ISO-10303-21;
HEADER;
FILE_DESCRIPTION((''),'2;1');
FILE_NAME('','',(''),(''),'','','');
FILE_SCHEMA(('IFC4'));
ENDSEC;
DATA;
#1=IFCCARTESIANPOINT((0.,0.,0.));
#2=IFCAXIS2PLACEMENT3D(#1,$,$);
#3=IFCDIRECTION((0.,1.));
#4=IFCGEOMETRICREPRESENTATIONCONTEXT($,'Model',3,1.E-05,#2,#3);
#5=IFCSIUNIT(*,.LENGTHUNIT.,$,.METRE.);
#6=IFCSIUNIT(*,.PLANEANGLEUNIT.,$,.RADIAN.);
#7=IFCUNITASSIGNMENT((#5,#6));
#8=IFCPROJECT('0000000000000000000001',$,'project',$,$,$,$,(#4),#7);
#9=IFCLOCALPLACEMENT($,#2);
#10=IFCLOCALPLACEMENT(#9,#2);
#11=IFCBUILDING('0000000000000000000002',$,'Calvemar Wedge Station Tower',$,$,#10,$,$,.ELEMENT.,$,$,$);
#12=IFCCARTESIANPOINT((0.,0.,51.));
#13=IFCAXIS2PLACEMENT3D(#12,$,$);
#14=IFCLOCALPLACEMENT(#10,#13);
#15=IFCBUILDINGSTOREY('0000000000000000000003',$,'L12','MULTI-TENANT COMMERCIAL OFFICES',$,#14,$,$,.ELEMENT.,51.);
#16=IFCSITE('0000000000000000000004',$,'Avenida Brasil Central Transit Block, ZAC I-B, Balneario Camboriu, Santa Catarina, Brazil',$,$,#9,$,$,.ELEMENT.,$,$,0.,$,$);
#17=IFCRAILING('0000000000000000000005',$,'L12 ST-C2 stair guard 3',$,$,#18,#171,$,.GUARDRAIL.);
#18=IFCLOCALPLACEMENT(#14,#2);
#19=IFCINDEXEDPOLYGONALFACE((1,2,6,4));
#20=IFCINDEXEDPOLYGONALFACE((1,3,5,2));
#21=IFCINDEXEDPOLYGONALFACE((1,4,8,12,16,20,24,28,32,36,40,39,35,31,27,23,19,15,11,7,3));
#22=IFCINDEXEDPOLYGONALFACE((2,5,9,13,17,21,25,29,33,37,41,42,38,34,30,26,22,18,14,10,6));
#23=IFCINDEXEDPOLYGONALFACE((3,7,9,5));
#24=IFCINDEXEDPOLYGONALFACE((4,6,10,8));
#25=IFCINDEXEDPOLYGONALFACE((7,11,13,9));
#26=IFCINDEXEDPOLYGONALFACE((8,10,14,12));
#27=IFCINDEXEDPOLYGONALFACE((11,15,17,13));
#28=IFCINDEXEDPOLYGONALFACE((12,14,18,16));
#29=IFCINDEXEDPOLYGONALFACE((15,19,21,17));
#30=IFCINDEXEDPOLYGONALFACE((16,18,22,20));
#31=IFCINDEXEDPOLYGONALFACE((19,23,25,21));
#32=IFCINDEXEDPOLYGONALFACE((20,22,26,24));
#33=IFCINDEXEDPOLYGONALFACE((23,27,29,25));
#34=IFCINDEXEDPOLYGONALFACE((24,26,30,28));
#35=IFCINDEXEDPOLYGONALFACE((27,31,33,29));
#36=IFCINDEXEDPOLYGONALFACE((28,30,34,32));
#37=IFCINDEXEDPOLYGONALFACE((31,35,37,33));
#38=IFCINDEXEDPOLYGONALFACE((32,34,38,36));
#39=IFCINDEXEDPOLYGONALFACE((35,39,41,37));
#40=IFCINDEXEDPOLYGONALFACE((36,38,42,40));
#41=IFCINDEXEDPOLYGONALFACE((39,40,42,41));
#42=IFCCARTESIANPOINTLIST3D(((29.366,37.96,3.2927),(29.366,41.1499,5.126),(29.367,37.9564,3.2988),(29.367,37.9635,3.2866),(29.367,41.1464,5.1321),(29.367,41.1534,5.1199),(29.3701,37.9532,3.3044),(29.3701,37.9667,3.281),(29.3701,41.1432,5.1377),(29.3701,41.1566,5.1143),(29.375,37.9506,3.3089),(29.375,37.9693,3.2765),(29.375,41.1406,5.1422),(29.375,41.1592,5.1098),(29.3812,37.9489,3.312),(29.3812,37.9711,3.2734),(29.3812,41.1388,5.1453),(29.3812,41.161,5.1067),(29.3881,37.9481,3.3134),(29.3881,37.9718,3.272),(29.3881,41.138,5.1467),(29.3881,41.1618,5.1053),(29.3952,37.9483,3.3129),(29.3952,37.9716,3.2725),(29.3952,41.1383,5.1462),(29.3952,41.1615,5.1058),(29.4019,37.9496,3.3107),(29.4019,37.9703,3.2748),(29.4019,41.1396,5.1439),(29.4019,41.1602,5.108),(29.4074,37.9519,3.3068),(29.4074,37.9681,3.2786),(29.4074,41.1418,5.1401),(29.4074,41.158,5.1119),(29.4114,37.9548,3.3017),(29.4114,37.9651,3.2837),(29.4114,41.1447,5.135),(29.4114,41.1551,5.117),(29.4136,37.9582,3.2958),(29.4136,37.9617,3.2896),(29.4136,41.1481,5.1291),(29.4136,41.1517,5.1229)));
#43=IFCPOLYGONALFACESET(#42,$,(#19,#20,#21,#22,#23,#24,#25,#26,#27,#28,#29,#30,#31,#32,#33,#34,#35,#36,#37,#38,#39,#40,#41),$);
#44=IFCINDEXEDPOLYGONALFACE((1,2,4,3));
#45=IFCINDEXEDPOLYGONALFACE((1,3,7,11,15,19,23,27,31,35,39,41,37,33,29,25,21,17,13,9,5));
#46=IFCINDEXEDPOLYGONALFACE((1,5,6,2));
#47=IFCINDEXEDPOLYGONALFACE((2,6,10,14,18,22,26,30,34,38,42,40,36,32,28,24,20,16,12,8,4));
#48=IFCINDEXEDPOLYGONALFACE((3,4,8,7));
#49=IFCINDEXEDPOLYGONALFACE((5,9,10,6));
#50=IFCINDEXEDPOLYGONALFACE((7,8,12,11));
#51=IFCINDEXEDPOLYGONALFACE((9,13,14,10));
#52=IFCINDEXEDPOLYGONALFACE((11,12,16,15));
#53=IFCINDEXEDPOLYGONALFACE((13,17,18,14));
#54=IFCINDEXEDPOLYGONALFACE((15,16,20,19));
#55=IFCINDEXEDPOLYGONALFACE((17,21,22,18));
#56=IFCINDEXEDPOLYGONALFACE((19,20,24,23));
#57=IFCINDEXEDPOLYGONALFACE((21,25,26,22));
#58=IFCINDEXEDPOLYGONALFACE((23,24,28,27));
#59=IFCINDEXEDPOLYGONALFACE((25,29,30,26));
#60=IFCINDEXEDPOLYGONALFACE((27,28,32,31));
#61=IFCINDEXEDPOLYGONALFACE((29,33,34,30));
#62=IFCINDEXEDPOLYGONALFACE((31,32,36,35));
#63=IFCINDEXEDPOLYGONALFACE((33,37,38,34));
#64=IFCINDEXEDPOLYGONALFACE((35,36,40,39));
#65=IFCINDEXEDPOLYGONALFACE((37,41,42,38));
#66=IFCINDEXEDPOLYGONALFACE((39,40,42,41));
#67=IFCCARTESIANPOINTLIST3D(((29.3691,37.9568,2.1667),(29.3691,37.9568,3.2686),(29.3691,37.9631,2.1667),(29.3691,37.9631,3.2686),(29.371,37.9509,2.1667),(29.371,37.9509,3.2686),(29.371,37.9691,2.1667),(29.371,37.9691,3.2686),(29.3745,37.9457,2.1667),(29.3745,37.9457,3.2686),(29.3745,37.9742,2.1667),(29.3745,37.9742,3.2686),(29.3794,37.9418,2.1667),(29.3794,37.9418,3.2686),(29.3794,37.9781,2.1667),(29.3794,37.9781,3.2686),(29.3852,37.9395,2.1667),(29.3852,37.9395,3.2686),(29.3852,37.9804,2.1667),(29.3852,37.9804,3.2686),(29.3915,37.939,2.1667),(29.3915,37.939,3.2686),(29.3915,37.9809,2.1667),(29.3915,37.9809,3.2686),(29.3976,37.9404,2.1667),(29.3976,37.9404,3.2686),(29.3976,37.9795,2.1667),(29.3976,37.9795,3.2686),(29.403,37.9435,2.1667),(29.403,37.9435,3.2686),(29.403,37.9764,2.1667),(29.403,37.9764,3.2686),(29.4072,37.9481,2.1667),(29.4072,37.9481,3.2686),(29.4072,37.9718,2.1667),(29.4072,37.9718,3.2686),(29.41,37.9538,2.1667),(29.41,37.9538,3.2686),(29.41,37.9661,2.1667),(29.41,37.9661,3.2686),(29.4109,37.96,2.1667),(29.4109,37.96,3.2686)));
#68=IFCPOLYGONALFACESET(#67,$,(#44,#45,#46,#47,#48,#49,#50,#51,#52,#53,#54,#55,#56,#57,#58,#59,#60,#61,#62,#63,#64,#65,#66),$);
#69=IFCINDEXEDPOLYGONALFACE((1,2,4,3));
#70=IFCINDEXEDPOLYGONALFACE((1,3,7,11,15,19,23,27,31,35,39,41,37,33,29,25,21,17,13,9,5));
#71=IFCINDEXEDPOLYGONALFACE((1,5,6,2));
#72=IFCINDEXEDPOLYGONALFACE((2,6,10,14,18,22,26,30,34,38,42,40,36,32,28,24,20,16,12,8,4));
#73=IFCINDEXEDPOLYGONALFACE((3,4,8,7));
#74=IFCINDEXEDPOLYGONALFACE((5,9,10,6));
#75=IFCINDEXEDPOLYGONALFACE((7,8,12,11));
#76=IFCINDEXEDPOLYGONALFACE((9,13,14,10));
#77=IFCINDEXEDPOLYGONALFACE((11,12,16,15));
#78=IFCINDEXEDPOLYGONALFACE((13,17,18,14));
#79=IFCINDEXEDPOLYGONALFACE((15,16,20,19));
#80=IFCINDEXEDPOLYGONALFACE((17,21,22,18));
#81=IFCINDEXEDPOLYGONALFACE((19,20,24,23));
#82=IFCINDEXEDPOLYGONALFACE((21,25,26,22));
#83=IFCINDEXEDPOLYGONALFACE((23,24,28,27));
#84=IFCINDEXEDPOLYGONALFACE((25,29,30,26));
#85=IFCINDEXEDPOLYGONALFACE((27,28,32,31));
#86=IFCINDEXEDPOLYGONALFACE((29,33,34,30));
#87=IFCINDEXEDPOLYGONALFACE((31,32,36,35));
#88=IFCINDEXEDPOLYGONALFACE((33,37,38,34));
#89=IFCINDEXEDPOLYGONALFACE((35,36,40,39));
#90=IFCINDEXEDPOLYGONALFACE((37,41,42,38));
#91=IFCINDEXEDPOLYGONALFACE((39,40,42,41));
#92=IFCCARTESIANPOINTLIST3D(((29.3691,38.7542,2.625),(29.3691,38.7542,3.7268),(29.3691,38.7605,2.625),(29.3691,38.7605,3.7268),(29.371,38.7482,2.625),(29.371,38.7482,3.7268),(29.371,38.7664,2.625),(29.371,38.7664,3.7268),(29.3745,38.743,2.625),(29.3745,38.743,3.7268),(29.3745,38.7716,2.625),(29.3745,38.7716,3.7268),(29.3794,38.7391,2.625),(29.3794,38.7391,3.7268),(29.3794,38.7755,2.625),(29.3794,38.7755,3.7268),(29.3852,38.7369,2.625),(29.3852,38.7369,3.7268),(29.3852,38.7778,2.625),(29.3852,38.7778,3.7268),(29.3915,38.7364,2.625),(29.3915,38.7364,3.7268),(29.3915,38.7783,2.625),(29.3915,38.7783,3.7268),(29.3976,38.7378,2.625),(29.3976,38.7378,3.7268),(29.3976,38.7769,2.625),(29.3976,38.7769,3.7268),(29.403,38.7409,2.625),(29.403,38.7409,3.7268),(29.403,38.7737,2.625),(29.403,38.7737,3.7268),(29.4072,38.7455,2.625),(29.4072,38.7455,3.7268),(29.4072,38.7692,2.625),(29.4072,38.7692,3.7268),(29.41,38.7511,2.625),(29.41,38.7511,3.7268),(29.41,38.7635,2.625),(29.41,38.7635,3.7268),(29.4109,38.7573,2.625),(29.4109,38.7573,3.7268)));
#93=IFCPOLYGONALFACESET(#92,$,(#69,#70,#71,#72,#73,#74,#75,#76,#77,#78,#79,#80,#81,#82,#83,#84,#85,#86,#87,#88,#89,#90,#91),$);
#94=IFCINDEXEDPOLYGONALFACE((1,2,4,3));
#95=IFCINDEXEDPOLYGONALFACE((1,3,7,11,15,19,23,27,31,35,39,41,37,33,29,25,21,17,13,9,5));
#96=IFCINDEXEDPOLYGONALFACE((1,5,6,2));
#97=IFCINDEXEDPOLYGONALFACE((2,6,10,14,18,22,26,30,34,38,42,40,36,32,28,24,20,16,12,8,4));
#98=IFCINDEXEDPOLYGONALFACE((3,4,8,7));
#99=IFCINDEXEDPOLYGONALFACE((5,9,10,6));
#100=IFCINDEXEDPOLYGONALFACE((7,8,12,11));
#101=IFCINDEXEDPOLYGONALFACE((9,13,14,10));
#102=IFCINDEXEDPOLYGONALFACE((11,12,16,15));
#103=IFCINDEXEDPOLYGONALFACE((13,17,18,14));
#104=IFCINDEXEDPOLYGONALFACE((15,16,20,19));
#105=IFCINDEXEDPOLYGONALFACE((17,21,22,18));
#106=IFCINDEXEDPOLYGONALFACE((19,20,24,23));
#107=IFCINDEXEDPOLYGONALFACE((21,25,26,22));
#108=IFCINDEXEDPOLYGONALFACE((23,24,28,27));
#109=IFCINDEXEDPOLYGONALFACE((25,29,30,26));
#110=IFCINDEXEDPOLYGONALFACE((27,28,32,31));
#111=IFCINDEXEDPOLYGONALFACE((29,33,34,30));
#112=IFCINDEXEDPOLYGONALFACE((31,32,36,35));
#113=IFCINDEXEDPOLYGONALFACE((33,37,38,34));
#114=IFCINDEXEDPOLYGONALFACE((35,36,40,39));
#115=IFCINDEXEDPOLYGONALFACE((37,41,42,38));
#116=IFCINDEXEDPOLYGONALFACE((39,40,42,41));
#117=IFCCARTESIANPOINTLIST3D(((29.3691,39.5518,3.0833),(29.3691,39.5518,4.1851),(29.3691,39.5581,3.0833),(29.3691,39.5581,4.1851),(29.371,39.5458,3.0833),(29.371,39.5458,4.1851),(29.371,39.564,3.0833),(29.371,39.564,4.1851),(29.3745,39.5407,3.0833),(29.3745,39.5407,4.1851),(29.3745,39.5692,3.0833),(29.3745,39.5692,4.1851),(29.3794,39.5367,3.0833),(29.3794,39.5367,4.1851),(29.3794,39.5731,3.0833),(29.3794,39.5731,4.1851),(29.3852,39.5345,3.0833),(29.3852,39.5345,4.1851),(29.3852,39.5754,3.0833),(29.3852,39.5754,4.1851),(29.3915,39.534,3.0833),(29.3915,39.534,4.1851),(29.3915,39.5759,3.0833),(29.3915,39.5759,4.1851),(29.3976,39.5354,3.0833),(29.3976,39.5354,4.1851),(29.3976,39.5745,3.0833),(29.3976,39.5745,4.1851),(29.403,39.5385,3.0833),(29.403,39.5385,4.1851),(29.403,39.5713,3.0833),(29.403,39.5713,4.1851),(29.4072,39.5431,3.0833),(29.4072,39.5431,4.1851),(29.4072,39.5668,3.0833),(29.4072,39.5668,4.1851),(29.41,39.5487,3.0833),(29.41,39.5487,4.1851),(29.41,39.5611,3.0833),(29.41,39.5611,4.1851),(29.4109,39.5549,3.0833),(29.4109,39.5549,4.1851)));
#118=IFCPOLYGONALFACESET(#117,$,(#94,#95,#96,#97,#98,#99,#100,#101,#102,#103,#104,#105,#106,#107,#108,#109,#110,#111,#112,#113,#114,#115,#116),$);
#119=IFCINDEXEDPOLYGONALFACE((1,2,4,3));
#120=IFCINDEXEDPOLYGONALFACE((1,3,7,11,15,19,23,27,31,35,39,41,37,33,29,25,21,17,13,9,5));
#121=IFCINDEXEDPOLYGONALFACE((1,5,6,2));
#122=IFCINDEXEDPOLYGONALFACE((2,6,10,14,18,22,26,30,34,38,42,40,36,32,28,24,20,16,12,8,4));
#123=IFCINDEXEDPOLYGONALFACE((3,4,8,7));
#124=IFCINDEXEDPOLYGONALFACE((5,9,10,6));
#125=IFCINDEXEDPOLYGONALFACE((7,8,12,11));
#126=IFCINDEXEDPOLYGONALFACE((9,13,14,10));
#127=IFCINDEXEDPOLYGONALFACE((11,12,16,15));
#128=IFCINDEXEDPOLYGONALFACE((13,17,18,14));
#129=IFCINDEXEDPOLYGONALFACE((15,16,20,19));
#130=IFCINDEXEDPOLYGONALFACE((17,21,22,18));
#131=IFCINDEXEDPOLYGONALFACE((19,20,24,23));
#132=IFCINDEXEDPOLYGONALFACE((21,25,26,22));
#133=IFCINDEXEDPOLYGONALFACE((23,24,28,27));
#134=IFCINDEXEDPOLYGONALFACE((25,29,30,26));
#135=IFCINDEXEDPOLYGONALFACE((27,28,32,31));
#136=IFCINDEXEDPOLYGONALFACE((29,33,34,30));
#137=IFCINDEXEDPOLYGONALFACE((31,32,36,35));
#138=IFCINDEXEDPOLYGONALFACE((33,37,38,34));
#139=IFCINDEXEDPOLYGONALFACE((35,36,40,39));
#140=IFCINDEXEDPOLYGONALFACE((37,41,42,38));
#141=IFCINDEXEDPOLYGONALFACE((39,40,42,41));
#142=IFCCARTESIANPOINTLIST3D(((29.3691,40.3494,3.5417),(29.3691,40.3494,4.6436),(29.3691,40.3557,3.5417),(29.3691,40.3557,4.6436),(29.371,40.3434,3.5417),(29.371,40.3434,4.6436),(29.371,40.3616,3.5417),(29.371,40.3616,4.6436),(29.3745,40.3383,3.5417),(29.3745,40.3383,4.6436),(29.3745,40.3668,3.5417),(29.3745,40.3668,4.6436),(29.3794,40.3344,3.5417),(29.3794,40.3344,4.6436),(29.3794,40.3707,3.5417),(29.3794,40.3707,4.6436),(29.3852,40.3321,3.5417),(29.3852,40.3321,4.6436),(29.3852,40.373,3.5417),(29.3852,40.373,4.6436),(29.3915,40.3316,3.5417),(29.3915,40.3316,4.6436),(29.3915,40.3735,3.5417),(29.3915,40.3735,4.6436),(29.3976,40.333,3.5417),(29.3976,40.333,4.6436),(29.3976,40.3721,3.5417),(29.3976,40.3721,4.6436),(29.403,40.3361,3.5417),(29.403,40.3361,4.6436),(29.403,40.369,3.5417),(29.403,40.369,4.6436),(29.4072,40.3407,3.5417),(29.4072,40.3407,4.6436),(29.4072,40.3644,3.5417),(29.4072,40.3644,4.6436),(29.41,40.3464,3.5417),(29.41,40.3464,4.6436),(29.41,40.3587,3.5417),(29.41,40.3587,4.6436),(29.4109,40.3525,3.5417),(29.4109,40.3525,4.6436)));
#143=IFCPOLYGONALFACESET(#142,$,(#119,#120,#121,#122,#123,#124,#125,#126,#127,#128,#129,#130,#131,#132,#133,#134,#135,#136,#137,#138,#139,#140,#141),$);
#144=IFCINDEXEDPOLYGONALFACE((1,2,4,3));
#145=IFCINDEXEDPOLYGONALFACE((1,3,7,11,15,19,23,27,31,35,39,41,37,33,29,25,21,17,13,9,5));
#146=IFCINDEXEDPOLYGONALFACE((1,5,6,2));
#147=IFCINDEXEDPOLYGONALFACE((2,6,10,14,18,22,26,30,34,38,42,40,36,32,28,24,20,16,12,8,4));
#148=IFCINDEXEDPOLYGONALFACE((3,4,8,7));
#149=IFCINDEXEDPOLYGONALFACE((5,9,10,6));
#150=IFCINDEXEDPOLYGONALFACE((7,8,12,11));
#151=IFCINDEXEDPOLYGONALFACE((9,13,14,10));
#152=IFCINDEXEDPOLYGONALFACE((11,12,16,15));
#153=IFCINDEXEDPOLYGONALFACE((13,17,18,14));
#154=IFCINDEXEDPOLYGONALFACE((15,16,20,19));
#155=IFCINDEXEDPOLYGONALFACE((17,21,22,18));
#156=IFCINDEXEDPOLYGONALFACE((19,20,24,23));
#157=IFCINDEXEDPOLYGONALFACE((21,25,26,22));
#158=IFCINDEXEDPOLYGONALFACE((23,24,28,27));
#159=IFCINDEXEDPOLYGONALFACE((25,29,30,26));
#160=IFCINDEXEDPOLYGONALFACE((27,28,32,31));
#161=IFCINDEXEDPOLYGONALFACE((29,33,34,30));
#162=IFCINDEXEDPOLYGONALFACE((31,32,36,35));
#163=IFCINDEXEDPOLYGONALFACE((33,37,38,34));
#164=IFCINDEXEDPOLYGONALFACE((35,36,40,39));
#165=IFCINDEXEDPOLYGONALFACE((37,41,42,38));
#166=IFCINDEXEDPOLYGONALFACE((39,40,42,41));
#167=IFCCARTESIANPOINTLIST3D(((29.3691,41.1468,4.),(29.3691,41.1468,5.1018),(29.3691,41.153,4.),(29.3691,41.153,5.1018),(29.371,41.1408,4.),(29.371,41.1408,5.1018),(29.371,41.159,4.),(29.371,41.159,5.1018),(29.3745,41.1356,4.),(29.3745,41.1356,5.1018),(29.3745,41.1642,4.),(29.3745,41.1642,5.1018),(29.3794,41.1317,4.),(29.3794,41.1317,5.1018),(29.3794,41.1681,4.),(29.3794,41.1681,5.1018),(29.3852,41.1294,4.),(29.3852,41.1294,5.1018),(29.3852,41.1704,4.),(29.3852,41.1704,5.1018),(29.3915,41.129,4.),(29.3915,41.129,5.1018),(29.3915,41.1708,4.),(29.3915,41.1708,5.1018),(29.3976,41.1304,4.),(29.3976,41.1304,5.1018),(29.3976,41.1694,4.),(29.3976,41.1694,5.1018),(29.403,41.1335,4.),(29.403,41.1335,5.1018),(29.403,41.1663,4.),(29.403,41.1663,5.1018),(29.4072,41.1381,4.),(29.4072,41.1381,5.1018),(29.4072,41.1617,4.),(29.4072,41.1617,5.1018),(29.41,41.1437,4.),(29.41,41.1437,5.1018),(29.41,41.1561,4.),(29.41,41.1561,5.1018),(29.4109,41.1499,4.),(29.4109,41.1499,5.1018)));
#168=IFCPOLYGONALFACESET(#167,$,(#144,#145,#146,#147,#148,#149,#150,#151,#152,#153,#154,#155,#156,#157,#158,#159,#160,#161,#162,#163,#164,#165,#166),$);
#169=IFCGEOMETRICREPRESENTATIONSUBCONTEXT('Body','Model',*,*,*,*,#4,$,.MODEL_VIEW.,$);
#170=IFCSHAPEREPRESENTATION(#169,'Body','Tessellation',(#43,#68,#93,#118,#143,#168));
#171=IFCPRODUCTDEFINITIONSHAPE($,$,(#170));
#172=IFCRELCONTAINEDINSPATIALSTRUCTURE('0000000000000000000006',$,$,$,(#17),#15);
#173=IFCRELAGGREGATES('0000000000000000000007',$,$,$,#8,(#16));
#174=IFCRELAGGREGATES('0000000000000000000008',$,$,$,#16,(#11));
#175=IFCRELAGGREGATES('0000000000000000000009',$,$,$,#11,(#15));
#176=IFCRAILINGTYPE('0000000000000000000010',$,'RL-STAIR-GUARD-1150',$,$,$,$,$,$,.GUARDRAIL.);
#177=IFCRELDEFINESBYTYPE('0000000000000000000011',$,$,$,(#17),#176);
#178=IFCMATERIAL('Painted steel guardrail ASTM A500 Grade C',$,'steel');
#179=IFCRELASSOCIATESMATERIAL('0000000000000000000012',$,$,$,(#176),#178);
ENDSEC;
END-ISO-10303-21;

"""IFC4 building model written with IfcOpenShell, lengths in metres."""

from ifc_helpers import new_model, si_unit, direction, frame, origin, origin_2d, place, context, subcontext, project, spatial, circle, extrude, material, type_object, element, save


model = new_model("IFC4")

# Units and contexts
model_context = context("Model", 3, precision=1e-05, world=origin(), true_north=direction((0.0, 1.0)))
body_context = subcontext(model_context, "Body", "Model", "MODEL_VIEW")
ifc_project = project(units=[si_unit("LENGTHUNIT", "METRE"), si_unit("PLANEANGLEUNIT", "RADIAN")], contexts=[model_context])

# Site, building, storey
site_placement = place(None, origin())
site = spatial("IfcSite", under=ifc_project, at=site_placement, Name="Avenida Brasil Central Transit Block, ZAC I-B, Balneario Camboriu, Santa Catarina, Brazil", CompositionType="ELEMENT", RefElevation=0.0)
building_placement = place(site_placement, origin())
building = spatial("IfcBuilding", under=site, at=building_placement, Name="Calvemar Wedge Station Tower", CompositionType="ELEMENT")
storey_placement = place(building_placement, frame((0.0, 0.0, 51.0)))
storey = spatial("IfcBuildingStorey", under=building, at=storey_placement, Name="L12", Description="MULTI-TENANT COMMERCIAL OFFICES", CompositionType="ELEMENT", Elevation=51.0)

# Railing
ifc_material_1 = material(Name="Painted steel guardrail ASTM A500 Grade C", Category="steel")
railing_type_1 = type_object("IfcRailingType", Name="RL-STAIR-GUARD-1150", PredefinedType="GUARDRAIL", material=ifc_material_1)
railing_1_placement = place(storey_placement, frame((29.3899, 37.96, 2.1667)))
element("IfcRailing", 1, at=railing_1_placement, inside=storey, type_object=railing_type_1, Name="L12 ST-C2 stair guard 3", PredefinedType="GUARDRAIL", context=body_context, shape_type="SweptSolid", body=[
    extrude(circle(Radius=0.0239, at=origin_2d()), frame((0.0, 0.0, 1.126), z_axis=(0.0, 0.86702, 0.498274), x_axis=(-1.0, 0.0, 0.0)), (0.0, 0.0, 1.0), 3.6792),
    extrude(circle(Radius=0.021, at=origin_2d()), origin(), (0.0, 0.0, 1.0), 1.1018),
    extrude(circle(Radius=0.021, at=origin_2d()), frame((0.0, 0.7974, 0.4583)), (0.0, 0.0, 1.0), 1.1018),
    extrude(circle(Radius=0.021, at=origin_2d()), frame((0.0, 1.595, 0.9165)), (0.0, 0.0, 1.0), 1.1018),
    extrude(circle(Radius=0.021, at=origin_2d()), frame((0.0, 2.3926, 1.375)), (0.0, 0.0, 1.0), 1.1018),
    extrude(circle(Radius=0.021, at=origin_2d()), frame((0.0, 3.1899, 1.8333)), (0.0, 0.0, 1.0), 1.1018),
])

save(model, "model.ifc")
